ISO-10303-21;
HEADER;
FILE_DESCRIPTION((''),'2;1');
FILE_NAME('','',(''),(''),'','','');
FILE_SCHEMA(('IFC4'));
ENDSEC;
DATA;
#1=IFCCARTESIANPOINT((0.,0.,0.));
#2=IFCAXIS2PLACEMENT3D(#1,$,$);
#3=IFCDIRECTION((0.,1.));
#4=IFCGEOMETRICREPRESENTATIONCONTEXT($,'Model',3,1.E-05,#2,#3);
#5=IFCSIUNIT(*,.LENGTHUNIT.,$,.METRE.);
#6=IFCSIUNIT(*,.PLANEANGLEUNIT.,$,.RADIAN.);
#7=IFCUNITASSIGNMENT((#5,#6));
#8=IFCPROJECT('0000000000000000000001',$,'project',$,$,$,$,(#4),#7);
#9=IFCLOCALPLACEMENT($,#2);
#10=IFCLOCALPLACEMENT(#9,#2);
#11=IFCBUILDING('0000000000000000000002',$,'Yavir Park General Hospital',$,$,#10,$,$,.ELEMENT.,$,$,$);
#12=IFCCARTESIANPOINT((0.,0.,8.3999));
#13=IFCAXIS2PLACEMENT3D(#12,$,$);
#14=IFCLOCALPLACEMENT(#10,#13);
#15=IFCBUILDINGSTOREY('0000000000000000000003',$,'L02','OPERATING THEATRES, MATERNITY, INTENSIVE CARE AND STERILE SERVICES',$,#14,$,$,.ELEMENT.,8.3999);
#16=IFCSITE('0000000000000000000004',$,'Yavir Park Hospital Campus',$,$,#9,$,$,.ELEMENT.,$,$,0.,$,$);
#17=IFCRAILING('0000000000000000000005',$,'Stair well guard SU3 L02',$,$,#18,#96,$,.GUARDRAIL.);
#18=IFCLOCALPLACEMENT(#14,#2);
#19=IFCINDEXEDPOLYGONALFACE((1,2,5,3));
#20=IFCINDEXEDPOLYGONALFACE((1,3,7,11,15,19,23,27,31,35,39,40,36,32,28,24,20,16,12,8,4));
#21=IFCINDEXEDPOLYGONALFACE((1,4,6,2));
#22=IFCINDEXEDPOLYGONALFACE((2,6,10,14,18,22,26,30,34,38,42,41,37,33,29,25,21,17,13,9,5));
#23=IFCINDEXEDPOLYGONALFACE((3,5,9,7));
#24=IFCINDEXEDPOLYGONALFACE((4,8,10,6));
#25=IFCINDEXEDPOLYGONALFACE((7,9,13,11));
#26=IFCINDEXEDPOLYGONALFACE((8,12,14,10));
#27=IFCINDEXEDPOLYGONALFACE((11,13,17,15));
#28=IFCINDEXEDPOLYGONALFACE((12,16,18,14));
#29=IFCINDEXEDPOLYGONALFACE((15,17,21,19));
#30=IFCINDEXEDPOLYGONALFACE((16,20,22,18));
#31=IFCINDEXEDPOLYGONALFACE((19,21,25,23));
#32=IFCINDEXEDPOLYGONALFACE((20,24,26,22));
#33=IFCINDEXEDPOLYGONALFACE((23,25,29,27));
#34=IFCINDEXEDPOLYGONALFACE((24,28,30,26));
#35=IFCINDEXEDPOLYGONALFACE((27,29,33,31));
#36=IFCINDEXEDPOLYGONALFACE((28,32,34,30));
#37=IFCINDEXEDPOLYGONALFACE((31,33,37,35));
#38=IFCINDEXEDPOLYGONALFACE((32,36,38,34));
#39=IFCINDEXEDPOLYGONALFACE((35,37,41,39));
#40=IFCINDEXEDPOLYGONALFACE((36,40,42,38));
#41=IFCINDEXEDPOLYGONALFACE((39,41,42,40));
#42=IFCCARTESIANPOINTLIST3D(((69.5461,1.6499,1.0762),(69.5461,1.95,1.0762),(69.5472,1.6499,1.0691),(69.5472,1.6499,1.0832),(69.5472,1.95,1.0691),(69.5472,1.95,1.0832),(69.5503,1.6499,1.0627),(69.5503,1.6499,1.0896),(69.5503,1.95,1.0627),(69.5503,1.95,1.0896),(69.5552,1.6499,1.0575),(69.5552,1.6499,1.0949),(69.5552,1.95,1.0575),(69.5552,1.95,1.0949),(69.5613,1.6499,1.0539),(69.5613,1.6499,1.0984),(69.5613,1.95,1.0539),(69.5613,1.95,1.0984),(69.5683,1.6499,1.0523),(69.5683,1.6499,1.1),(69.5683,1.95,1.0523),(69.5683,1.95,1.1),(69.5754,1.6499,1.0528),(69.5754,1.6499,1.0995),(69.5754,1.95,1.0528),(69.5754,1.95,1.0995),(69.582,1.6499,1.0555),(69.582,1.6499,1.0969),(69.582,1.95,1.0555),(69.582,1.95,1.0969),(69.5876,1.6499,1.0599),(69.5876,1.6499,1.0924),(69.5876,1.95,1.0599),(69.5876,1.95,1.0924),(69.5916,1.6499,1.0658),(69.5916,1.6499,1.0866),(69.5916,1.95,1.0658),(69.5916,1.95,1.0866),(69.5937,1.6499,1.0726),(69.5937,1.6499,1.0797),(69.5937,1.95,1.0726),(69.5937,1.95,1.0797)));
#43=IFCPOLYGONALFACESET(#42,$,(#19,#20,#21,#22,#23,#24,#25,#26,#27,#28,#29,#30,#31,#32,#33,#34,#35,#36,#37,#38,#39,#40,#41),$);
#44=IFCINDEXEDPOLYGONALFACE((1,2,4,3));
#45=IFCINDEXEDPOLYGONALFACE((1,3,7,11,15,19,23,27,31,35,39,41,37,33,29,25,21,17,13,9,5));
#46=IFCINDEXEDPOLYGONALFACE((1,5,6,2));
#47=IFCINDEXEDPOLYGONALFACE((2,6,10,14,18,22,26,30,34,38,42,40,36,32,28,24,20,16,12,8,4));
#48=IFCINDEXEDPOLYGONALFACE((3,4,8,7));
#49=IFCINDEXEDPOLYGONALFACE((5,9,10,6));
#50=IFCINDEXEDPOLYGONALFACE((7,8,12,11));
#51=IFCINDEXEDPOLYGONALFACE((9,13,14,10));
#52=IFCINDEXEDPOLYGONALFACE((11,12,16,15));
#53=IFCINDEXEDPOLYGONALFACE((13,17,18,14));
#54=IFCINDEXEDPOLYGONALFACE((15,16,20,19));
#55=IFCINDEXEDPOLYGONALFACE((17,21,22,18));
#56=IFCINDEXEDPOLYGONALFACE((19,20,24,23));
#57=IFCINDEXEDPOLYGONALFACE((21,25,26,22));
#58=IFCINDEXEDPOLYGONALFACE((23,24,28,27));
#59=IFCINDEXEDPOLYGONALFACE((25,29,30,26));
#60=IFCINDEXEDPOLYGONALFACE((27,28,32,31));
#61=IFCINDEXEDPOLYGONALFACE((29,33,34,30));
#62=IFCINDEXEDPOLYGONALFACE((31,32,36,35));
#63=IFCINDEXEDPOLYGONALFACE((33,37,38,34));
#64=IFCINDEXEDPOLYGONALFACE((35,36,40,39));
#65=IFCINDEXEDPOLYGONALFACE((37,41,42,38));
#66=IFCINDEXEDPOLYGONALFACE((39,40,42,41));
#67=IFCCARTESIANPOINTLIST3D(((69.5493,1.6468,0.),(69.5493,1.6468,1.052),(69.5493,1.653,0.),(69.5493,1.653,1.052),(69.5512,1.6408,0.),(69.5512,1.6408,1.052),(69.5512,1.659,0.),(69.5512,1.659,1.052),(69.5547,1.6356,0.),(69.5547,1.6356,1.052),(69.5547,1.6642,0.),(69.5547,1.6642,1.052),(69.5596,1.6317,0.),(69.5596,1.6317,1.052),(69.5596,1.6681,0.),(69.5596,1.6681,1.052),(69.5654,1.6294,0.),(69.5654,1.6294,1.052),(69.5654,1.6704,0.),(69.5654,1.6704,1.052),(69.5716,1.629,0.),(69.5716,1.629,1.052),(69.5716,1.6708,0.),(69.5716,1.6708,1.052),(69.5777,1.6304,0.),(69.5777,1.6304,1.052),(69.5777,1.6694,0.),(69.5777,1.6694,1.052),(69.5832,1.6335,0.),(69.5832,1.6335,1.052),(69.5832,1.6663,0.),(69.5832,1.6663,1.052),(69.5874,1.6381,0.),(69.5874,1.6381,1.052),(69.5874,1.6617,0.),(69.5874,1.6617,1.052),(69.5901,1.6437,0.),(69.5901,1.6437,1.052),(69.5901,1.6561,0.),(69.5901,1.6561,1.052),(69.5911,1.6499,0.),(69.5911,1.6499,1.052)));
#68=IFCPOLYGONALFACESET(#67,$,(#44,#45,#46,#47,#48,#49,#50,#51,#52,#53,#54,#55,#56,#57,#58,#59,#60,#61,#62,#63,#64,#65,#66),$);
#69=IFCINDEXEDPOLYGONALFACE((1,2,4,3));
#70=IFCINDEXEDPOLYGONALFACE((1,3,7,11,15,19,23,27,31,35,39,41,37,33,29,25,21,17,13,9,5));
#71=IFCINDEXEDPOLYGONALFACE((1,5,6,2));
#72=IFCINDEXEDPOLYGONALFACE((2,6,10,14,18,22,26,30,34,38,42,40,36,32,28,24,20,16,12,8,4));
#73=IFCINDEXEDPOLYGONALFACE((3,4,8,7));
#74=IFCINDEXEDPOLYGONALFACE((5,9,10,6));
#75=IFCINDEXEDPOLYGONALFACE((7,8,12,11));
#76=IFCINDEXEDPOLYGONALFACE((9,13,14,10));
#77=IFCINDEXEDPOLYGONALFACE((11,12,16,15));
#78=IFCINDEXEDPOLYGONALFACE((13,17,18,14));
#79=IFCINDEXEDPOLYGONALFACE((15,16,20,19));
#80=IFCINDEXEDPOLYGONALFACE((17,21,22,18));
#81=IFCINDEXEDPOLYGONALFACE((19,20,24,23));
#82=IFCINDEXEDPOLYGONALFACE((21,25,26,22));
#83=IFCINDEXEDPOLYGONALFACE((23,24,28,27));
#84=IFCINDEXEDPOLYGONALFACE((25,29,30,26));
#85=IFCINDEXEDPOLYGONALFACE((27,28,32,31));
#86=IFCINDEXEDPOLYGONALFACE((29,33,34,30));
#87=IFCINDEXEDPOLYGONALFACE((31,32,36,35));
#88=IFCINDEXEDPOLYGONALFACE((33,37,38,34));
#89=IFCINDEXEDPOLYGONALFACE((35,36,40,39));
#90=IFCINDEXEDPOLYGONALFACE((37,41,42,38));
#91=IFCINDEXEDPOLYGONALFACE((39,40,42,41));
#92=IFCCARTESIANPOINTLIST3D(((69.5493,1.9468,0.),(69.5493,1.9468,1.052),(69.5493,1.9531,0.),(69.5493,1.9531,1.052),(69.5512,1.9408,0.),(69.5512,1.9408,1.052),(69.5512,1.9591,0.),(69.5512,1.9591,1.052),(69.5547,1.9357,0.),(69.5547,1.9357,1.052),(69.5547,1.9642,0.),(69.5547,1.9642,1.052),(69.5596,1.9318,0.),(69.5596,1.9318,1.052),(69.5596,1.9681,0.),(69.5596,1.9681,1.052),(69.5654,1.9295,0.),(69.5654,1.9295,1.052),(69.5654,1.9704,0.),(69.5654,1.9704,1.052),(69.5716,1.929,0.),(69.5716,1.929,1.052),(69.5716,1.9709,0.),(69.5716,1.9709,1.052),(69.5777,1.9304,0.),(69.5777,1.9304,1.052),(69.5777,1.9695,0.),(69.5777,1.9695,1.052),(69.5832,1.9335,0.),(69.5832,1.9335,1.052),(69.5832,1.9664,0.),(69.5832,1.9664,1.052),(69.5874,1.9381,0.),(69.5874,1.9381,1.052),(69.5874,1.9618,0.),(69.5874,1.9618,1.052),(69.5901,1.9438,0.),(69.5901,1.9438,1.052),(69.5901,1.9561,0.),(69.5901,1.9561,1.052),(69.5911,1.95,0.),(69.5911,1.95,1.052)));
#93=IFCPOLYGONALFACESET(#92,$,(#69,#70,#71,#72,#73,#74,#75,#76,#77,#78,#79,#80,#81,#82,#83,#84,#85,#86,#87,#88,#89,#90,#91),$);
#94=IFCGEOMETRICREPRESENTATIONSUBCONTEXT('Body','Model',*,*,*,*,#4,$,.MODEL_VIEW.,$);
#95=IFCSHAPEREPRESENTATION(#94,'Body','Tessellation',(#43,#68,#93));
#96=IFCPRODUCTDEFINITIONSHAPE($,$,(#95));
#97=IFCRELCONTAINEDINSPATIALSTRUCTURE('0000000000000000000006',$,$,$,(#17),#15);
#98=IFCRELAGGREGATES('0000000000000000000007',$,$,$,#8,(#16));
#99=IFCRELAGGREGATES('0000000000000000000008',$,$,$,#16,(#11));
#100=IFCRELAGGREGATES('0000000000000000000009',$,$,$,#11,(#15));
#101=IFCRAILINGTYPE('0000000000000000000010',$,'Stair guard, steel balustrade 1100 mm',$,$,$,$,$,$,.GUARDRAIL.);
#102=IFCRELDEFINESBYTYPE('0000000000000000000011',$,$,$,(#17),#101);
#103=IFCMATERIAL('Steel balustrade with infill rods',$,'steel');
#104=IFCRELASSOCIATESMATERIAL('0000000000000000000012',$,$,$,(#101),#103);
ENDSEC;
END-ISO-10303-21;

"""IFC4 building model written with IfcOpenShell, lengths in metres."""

from ifc_helpers import new_model, si_unit, direction, frame, origin, origin_2d, place, context, subcontext, project, spatial, circle, extrude, material, type_object, element, save


model = new_model("IFC4")

# Units and contexts
model_context = context("Model", 3, precision=1e-05, world=origin(), true_north=direction((0.0, 1.0)))
body_context = subcontext(model_context, "Body", "Model", "MODEL_VIEW")
ifc_project = project(units=[si_unit("LENGTHUNIT", "METRE"), si_unit("PLANEANGLEUNIT", "RADIAN")], contexts=[model_context])

# Site, building, storey
site_placement = place(None, origin())
site = spatial("IfcSite", under=ifc_project, at=site_placement, Name="Yavir Park Hospital Campus", CompositionType="ELEMENT", RefElevation=0.0)
building_placement = place(site_placement, origin())
building = spatial("IfcBuilding", under=site, at=building_placement, Name="Yavir Park General Hospital", CompositionType="ELEMENT")
storey_placement = place(building_placement, frame((0.0, 0.0, 8.3999)))
storey = spatial("IfcBuildingStorey", under=building, at=storey_placement, Name="L02", Description="OPERATING THEATRES, MATERNITY, INTENSIVE CARE AND STERILE SERVICES", CompositionType="ELEMENT", Elevation=8.3999)

# Railing
ifc_material_1 = material(Name="Steel balustrade with infill rods", Category="steel")
railing_type_1 = type_object("IfcRailingType", Name="Stair guard, steel balustrade 1100 mm", PredefinedType="GUARDRAIL", material=ifc_material_1)
railing_placement = place(storey_placement, frame((69.5701, 1.6499, 0.0)))
element("IfcRailing", 1, at=railing_placement, inside=storey, type_object=railing_type_1, Name="Stair well guard SU3 L02", PredefinedType="GUARDRAIL", context=body_context, shape_type="SweptSolid", body=[
    extrude(circle(Radius=0.0239, at=origin_2d()), frame((0.0, 0.0, 1.0762), z_axis=(0.0, 1.0, 0.0), x_axis=(-1.0, 0.0, 0.0)), (0.0, 0.0, 1.0), 0.3),
    extrude(circle(Radius=0.021, at=origin_2d()), origin(), (0.0, 0.0, 1.0), 1.052),
    extrude(circle(Radius=0.021, at=origin_2d()), frame((0.0, 0.3, 0.0)), (0.0, 0.0, 1.0), 1.052),
])

save(model, "model.ifc")
